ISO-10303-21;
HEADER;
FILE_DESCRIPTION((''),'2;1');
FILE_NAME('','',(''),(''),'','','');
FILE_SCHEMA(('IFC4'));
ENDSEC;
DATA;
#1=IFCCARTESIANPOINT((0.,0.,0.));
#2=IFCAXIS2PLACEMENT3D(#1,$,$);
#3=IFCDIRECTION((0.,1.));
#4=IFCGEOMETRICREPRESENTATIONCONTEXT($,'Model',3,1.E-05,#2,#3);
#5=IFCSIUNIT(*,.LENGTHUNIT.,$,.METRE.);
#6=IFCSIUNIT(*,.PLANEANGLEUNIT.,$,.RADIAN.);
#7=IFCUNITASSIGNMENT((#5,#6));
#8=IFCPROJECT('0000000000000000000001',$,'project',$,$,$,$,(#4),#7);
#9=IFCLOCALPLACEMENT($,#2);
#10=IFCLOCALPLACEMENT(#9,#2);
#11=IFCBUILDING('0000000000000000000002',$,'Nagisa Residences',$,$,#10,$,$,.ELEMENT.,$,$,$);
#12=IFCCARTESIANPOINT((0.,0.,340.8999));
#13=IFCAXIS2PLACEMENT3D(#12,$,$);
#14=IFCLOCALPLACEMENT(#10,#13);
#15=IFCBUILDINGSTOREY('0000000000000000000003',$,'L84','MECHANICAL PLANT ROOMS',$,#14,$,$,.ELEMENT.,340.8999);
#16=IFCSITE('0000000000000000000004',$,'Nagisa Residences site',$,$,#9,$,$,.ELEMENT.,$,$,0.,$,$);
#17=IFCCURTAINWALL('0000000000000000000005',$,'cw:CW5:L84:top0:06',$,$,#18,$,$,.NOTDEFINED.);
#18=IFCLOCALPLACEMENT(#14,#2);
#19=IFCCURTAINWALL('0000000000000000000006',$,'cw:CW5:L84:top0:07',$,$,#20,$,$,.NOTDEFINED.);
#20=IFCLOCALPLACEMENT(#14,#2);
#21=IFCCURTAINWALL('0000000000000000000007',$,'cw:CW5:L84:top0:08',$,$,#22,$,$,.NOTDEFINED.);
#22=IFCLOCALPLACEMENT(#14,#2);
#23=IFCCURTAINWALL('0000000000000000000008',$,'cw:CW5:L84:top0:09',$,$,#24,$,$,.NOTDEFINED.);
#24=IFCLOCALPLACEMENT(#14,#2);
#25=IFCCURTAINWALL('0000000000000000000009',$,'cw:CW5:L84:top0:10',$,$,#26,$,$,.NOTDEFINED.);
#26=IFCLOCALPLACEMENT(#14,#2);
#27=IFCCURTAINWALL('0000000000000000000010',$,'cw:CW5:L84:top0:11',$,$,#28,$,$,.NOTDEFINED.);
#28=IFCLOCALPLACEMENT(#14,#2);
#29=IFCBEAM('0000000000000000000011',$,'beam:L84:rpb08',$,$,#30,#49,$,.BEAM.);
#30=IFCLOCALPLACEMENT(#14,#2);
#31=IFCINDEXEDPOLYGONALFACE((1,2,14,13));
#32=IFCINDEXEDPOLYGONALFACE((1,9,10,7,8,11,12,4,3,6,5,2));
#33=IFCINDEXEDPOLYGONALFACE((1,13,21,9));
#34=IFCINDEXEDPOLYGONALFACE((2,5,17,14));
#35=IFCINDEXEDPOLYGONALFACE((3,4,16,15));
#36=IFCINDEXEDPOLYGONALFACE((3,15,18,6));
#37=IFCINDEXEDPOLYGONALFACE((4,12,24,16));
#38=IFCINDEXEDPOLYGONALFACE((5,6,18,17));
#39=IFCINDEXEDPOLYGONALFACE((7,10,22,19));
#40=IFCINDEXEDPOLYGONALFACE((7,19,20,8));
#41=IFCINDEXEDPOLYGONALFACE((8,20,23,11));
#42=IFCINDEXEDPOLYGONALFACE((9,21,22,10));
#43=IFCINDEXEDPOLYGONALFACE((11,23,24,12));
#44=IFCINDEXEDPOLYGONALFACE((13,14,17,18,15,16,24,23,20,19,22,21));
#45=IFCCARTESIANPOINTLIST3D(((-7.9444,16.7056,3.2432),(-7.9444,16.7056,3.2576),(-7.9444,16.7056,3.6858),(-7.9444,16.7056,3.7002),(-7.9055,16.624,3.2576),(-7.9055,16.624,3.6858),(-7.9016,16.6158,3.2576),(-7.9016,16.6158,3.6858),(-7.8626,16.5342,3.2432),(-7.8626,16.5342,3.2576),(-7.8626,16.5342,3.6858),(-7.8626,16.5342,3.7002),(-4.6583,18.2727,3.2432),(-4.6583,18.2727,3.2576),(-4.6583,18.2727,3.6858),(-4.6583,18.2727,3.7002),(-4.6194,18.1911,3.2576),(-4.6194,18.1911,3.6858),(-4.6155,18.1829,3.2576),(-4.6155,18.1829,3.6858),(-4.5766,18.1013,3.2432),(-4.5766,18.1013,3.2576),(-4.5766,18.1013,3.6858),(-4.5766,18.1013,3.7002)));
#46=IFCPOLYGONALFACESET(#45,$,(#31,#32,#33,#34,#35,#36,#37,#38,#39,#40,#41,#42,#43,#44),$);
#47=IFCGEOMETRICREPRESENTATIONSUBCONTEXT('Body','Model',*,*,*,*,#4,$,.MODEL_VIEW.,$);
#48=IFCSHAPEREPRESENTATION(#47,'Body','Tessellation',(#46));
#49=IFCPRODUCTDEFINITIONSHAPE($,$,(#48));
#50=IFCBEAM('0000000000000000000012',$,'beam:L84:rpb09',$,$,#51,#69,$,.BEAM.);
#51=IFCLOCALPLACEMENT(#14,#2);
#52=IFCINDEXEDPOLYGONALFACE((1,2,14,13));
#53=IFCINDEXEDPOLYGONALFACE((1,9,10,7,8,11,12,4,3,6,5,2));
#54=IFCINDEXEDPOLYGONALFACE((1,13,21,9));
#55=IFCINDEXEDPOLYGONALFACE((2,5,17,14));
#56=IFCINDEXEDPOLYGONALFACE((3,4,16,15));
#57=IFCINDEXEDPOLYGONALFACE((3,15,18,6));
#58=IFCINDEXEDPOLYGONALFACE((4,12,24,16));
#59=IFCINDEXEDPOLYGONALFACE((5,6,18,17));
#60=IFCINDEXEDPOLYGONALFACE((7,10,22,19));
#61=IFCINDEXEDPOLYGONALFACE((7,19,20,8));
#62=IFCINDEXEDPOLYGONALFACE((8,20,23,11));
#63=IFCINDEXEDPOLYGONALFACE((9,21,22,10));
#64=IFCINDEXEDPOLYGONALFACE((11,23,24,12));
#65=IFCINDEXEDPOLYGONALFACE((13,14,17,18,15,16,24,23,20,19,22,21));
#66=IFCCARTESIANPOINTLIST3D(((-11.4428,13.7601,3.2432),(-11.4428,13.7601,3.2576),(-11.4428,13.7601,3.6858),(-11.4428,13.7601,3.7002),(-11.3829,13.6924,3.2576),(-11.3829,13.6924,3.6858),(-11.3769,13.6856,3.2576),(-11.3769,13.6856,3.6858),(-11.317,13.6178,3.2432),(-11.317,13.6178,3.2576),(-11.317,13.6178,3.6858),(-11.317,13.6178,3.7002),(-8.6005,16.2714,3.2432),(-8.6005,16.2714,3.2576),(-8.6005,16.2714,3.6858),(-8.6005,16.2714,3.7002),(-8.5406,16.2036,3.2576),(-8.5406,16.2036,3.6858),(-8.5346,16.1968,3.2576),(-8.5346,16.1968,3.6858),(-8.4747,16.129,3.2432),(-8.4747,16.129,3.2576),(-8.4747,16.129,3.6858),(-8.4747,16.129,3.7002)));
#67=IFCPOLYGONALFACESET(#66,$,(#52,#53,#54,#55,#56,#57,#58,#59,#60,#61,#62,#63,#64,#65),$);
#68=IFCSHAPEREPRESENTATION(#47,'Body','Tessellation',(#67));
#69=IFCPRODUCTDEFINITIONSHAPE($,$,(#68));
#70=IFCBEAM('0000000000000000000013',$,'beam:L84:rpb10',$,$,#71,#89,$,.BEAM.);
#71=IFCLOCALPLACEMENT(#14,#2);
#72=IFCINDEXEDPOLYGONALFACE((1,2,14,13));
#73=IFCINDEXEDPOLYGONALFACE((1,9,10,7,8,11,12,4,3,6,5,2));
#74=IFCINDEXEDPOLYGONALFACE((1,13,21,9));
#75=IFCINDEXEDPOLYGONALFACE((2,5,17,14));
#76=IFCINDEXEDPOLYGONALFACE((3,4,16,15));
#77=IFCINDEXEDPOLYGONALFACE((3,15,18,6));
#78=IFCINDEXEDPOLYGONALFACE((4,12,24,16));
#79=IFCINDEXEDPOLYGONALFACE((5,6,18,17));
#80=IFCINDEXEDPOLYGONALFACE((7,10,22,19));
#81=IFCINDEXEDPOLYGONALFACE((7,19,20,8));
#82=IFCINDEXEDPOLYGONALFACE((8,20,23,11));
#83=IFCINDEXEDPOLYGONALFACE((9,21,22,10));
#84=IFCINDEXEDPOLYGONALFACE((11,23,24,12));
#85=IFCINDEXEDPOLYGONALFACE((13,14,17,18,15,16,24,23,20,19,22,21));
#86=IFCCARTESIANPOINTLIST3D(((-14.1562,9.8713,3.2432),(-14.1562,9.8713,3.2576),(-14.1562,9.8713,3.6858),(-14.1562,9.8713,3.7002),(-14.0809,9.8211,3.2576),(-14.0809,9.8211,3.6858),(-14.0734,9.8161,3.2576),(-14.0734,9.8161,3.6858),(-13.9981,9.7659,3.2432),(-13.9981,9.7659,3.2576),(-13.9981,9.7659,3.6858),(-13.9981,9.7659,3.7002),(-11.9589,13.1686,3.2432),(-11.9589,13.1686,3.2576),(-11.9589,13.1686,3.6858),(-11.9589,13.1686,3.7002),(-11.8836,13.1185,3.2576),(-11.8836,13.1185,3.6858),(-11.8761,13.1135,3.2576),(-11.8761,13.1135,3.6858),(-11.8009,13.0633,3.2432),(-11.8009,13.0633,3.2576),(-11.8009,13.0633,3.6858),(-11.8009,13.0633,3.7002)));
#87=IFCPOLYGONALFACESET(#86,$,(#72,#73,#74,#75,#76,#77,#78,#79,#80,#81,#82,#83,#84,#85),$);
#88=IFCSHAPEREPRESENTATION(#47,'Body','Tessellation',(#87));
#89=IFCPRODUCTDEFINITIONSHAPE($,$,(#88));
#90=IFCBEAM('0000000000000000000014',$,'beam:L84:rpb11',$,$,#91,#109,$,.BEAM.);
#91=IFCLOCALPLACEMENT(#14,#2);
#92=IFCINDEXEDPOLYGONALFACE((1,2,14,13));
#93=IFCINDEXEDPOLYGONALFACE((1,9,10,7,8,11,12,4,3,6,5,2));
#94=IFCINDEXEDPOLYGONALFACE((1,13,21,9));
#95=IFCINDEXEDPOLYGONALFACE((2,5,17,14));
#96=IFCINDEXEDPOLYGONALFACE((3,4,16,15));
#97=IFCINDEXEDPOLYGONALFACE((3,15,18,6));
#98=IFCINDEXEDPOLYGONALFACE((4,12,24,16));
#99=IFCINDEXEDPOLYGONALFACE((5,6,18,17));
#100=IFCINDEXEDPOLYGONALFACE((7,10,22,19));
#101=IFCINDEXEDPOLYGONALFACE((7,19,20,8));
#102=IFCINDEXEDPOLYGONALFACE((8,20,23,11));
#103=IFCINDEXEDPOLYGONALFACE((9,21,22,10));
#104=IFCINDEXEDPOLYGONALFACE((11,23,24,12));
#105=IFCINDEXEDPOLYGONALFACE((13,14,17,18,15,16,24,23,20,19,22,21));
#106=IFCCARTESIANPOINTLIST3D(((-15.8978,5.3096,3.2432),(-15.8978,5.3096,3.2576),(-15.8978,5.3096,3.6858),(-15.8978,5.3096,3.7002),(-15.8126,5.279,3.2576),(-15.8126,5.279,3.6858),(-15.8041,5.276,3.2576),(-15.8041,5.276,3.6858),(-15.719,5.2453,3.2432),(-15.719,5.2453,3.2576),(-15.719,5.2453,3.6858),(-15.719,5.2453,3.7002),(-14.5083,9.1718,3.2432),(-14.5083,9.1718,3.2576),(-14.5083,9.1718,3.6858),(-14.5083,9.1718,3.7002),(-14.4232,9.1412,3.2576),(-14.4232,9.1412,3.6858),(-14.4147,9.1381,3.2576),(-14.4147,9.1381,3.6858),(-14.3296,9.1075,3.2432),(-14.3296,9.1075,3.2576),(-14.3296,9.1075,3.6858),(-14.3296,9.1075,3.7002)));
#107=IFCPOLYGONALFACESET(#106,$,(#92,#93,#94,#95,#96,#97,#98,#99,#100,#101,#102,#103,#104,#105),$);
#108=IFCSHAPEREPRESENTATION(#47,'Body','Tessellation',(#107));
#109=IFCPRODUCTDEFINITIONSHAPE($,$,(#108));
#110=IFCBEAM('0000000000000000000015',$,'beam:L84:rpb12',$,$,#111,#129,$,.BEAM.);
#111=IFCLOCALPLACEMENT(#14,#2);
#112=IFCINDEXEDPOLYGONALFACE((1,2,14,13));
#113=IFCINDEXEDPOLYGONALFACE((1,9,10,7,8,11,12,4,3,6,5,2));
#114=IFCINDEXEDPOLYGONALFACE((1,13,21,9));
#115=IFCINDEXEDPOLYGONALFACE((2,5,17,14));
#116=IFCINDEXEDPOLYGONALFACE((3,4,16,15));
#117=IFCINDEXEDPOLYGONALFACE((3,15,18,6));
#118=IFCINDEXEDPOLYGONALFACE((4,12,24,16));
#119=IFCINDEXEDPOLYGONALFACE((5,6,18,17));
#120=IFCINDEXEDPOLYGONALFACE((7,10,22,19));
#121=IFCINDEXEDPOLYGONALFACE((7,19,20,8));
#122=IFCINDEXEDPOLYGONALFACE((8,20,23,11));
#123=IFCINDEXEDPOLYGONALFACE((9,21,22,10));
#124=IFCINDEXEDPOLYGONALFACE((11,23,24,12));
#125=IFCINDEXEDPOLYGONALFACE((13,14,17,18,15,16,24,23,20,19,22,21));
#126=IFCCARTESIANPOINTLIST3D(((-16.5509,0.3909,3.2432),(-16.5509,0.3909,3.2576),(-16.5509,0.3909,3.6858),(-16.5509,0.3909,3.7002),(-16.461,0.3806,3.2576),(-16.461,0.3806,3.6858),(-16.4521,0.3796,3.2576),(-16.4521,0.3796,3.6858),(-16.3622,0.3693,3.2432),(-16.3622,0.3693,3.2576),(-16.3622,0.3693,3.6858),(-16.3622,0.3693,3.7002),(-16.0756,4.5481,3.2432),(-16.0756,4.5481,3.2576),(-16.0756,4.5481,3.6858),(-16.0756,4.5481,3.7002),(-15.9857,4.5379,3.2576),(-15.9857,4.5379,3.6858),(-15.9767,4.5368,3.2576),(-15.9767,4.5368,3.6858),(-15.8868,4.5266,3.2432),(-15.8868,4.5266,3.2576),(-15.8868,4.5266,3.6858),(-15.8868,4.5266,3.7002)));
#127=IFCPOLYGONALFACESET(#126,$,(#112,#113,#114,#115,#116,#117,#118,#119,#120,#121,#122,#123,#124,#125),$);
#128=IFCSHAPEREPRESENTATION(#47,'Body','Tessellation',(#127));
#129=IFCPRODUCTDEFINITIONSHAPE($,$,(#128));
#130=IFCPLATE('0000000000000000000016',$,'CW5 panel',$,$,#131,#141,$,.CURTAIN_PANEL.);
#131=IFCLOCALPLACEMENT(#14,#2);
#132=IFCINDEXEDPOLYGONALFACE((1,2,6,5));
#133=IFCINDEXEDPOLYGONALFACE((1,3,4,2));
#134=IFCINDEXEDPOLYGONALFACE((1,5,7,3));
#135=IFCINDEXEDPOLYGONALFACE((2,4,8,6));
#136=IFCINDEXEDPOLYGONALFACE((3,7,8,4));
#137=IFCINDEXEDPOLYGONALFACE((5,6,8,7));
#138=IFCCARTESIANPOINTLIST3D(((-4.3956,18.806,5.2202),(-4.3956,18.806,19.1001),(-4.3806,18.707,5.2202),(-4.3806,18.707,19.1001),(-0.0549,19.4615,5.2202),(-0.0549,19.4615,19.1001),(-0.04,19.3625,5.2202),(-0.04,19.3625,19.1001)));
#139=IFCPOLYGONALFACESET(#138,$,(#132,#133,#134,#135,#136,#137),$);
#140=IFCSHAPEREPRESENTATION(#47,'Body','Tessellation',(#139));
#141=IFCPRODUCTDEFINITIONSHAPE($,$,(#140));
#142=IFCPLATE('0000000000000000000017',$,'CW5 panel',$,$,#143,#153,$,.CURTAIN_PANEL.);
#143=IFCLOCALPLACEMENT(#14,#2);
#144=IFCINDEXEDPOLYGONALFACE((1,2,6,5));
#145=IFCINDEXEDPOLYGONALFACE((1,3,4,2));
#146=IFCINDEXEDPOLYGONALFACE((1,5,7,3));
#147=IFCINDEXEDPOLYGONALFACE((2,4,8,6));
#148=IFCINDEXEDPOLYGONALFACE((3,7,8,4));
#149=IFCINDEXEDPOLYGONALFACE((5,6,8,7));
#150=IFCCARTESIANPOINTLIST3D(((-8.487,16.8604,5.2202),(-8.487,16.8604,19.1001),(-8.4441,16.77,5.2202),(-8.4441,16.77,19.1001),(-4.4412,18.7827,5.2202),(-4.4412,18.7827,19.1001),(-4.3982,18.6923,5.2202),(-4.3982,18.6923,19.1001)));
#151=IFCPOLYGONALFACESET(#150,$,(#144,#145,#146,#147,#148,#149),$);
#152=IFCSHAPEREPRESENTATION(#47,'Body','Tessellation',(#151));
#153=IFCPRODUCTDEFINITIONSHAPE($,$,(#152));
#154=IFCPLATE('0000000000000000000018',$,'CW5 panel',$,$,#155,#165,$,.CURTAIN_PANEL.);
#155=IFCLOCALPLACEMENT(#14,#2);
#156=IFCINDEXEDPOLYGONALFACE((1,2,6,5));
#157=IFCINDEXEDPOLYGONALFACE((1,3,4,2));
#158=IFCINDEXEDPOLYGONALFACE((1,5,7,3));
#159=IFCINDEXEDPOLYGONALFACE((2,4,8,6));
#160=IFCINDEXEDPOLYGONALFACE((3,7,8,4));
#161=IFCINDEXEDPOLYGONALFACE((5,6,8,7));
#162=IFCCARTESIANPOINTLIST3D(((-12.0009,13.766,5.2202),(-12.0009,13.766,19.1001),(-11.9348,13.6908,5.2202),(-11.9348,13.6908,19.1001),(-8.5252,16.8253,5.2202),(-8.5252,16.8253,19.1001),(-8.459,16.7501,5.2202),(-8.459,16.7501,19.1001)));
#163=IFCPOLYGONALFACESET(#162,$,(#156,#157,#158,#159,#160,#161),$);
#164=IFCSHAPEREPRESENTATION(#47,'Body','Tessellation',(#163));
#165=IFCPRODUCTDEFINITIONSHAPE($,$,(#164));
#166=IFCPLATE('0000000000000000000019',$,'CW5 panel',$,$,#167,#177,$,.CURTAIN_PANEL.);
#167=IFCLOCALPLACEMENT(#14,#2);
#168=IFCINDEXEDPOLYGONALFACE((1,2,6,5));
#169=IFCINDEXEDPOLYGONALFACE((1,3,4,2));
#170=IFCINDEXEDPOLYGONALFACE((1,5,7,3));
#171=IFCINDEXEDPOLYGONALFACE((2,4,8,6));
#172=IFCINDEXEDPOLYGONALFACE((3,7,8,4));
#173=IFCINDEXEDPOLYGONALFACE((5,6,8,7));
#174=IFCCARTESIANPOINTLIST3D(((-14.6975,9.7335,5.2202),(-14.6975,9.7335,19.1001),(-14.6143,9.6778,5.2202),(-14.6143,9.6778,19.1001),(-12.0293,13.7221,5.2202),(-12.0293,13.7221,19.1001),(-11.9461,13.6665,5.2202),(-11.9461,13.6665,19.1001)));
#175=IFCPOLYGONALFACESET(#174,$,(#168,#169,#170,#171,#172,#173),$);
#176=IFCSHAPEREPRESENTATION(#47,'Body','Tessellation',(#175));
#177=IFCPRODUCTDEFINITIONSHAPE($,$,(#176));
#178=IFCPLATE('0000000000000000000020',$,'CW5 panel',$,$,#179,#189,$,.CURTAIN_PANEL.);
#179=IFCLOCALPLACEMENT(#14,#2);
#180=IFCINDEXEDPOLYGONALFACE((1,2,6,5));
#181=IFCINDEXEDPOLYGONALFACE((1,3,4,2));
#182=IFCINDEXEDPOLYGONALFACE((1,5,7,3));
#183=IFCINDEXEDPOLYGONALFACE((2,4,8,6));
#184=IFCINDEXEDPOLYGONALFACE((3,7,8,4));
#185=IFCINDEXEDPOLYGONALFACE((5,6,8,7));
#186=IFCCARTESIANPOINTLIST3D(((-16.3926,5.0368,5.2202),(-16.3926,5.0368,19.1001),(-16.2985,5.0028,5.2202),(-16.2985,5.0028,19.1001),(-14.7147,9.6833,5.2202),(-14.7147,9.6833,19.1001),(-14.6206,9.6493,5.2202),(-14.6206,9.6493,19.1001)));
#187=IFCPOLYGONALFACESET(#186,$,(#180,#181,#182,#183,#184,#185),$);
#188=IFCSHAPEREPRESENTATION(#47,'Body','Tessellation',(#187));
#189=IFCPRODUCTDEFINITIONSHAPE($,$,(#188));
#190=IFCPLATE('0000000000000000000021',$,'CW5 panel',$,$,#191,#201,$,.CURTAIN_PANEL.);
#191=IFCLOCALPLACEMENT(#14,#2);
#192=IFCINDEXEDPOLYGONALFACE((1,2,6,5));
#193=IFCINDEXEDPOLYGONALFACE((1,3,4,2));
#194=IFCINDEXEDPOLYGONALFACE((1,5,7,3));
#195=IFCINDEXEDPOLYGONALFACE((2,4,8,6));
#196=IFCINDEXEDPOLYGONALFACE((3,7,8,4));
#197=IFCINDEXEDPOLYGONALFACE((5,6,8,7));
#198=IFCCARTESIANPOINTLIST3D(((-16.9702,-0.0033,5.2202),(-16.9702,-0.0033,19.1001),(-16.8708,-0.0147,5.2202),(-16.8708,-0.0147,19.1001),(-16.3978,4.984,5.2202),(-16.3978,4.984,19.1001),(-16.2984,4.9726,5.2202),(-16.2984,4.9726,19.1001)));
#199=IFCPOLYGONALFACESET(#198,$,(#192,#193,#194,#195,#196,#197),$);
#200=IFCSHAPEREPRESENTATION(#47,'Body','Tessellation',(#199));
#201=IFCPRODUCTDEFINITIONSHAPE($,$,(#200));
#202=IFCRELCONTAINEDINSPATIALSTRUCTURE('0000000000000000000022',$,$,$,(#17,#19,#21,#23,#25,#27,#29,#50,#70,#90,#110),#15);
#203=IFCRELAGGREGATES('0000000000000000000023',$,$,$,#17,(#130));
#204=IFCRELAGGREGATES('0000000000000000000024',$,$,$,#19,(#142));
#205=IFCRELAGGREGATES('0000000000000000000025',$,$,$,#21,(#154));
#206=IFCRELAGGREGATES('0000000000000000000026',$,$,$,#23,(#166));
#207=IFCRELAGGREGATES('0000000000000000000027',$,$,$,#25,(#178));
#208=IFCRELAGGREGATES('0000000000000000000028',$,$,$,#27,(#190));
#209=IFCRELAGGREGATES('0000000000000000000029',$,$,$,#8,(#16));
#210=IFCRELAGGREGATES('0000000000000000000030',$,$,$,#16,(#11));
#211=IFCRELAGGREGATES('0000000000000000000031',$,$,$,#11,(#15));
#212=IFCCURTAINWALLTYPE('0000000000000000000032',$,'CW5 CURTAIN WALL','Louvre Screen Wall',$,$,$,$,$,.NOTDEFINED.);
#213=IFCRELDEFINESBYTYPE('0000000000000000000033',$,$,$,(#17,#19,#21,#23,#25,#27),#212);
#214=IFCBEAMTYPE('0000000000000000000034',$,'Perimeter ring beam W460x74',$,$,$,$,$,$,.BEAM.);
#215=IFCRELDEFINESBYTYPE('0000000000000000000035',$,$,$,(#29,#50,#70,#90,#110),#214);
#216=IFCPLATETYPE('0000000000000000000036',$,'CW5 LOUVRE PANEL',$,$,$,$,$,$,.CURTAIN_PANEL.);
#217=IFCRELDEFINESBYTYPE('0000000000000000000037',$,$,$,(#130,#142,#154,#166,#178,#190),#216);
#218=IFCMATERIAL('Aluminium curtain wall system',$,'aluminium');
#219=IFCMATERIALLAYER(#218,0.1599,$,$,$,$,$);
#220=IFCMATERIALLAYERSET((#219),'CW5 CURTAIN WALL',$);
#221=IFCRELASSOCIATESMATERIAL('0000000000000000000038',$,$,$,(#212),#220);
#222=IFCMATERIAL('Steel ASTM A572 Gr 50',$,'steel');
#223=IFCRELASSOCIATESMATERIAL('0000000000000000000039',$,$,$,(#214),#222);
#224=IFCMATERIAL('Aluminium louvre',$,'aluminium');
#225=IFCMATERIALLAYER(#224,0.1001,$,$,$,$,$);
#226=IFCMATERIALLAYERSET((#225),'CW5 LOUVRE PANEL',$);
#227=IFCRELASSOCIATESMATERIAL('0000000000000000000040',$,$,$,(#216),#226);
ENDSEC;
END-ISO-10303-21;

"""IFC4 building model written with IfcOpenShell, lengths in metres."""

from ifc_helpers import new_model, si_unit, direction, frame, origin, origin_2d, place, context, subcontext, project, spatial, rectangle, i_section, extrude, material, layer, layer_set, material_profile, profile_set, type_object, element, aggregate, save


model = new_model("IFC4")

# Units and contexts
model_context = context("Model", 3, precision=1e-05, world=origin(), true_north=direction((0.0, 1.0)))
body_context = subcontext(model_context, "Body", "Model", "MODEL_VIEW")
ifc_project = project(units=[si_unit("LENGTHUNIT", "METRE"), si_unit("PLANEANGLEUNIT", "RADIAN")], contexts=[model_context])

# Site, building, storey
site_placement = place(None, origin())
site = spatial("IfcSite", under=ifc_project, at=site_placement, Name="Nagisa Residences site", CompositionType="ELEMENT", RefElevation=0.0)
building_placement = place(site_placement, origin())
building = spatial("IfcBuilding", under=site, at=building_placement, Name="Nagisa Residences", CompositionType="ELEMENT")
storey_placement = place(building_placement, frame((0.0, 0.0, 340.8999)))
storey = spatial("IfcBuildingStorey", under=building, at=storey_placement, Name="L84", Description="MECHANICAL PLANT ROOMS", CompositionType="ELEMENT", Elevation=340.8999)

# Curtain walls
ifc_material_1 = material(Name="Aluminium curtain wall system", Category="aluminium")
ifc_layer_1 = layer(ifc_material_1, 0.1599)
ifc_layer_set_1 = layer_set([ifc_layer_1], Name="CW5 CURTAIN WALL")
curtain_wall_type = type_object("IfcCurtainWallType", Name="CW5 CURTAIN WALL", Description="Louvre Screen Wall", PredefinedType="NOTDEFINED", material=ifc_layer_set_1)
curtain_wall_1_placement = place(storey_placement, origin())
curtain_wall_1 = element("IfcCurtainWall", 1, at=curtain_wall_1_placement, inside=storey, type_object=curtain_wall_type, Name="cw:CW5:L84:top0:06", PredefinedType="NOTDEFINED")
curtain_wall_2_placement = place(storey_placement, origin())
curtain_wall_2 = element("IfcCurtainWall", 2, at=curtain_wall_2_placement, inside=storey, type_object=curtain_wall_type, Name="cw:CW5:L84:top0:07", PredefinedType="NOTDEFINED")
curtain_wall_3_placement = place(storey_placement, origin())
curtain_wall_3 = element("IfcCurtainWall", 3, at=curtain_wall_3_placement, inside=storey, type_object=curtain_wall_type, Name="cw:CW5:L84:top0:08", PredefinedType="NOTDEFINED")
curtain_wall_4_placement = place(storey_placement, origin())
curtain_wall_4 = element("IfcCurtainWall", 4, at=curtain_wall_4_placement, inside=storey, type_object=curtain_wall_type, Name="cw:CW5:L84:top0:09", PredefinedType="NOTDEFINED")
curtain_wall_5_placement = place(storey_placement, origin())
curtain_wall_5 = element("IfcCurtainWall", 5, at=curtain_wall_5_placement, inside=storey, type_object=curtain_wall_type, Name="cw:CW5:L84:top0:10", PredefinedType="NOTDEFINED")
curtain_wall_6_placement = place(storey_placement, origin())
curtain_wall_6 = element("IfcCurtainWall", 6, at=curtain_wall_6_placement, inside=storey, type_object=curtain_wall_type, Name="cw:CW5:L84:top0:11", PredefinedType="NOTDEFINED")

# Beams
ifc_material_2 = material(Name="Steel ASTM A572 Gr 50", Category="steel")
ifc_material_profile_1 = material_profile(ifc_material_2, i_section(OverallWidth=0.1899, OverallDepth=0.457, WebThickness=0.009, FlangeThickness=0.0144, at=origin_2d()), Name="W460x74")
ifc_profile_set_1 = profile_set([ifc_material_profile_1], Name="Steel ASTM A572 Gr 50")
beam_type = type_object("IfcBeamType", Name="Perimeter ring beam W460x74", PredefinedType="BEAM", material=ifc_profile_set_1)
beam_1_placement = place(storey_placement, frame((-4.6174, 18.187, 3.4717), z_axis=(-0.902614, -0.430452, 0.0), x_axis=(0.430452, -0.902614, 0.0)))
element("IfcBeam", 7, at=beam_1_placement, inside=storey, type_object=beam_type, Name="beam:L84:rpb08", PredefinedType="BEAM", context=body_context, shape_type="SweptSolid", body=[
    extrude(i_section(OverallWidth=0.1899, OverallDepth=0.457, WebThickness=0.009, FlangeThickness=0.0144, at=origin_2d()), origin(), (0.0, 0.0, 1.0), 3.6406),
])
beam_2_placement = place(storey_placement, frame((-8.5376, 16.2002, 3.4717), z_axis=(-0.749402, -0.662115, 0.0), x_axis=(0.662115, -0.749402, 0.0)))
element("IfcBeam", 8, at=beam_2_placement, inside=storey, type_object=beam_type, Name="beam:L84:rpb09", PredefinedType="BEAM", context=body_context, shape_type="SweptSolid", body=[
    extrude(i_section(OverallWidth=0.1899, OverallDepth=0.457, WebThickness=0.009, FlangeThickness=0.0144, at=origin_2d()), origin(), (0.0, 0.0, 1.0), 3.7927),
])
beam_3_placement = place(storey_placement, frame((-11.8799, 13.116, 3.4717), z_axis=(-0.55453, -0.832164, 0.0), x_axis=(0.832164, -0.55453, 0.0)))
element("IfcBeam", 9, at=beam_3_placement, inside=storey, type_object=beam_type, Name="beam:L84:rpb10", PredefinedType="BEAM", context=body_context, shape_type="SweptSolid", body=[
    extrude(i_section(OverallWidth=0.1899, OverallDepth=0.457, WebThickness=0.009, FlangeThickness=0.0144, at=origin_2d()), origin(), (0.0, 0.0, 1.0), 3.9624),
])
beam_4_placement = place(storey_placement, frame((-14.4189, 9.1396, 3.4717), z_axis=(-0.338517, -0.94096, 0.0), x_axis=(0.94096, -0.338517, 0.0)))
element("IfcBeam", 10, at=beam_4_placement, inside=storey, type_object=beam_type, Name="beam:L84:rpb11", PredefinedType="BEAM", context=body_context, shape_type="SweptSolid", body=[
    extrude(i_section(OverallWidth=0.1899, OverallDepth=0.457, WebThickness=0.009, FlangeThickness=0.0144, at=origin_2d()), origin(), (0.0, 0.0, 1.0), 4.1045),
])
beam_5_placement = place(storey_placement, frame((-15.9812, 4.5374, 3.4717), z_axis=(-0.113601, -0.993526, 0.0), x_axis=(0.993526, -0.113601, 0.0)))
element("IfcBeam", 11, at=beam_5_placement, inside=storey, type_object=beam_type, Name="beam:L84:rpb12", PredefinedType="BEAM", context=body_context, shape_type="SweptSolid", body=[
    extrude(i_section(OverallWidth=0.1899, OverallDepth=0.457, WebThickness=0.009, FlangeThickness=0.0144, at=origin_2d()), origin(), (0.0, 0.0, 1.0), 4.1843),
])

# Plates
ifc_material_3 = material(Name="Aluminium louvre", Category="aluminium")
ifc_layer_2 = layer(ifc_material_3, 0.1001)
ifc_layer_set_2 = layer_set([ifc_layer_2], Name="CW5 LOUVRE PANEL")
plate_type = type_object("IfcPlateType", Name="CW5 LOUVRE PANEL", PredefinedType="CURTAIN_PANEL", material=ifc_layer_set_2)
plate_1_placement = place(storey_placement, frame((-2.2178, 19.0842, 5.2202), z_axis=(0.0, 0.0, 1.0), x_axis=(-0.988789, -0.14932, 0.0)))
plate_1 = element("IfcPlate", 12, at=plate_1_placement, type_object=plate_type, Name="CW5 panel", PredefinedType="CURTAIN_PANEL", context=body_context, shape_type="SweptSolid", body=[
    extrude(rectangle(XDim=4.3899, YDim=0.1001, at=origin_2d()), origin(), (0.0, 0.0, 1.0), 13.8799),
])
aggregate(curtain_wall_1, [plate_1])
plate_2_placement = place(storey_placement, frame((-6.4426, 17.7764, 5.2202), z_axis=(0.0, 0.0, 1.0), x_axis=(-0.903233, -0.429151, 0.0)))
plate_2 = element("IfcPlate", 13, at=plate_2_placement, type_object=plate_type, Name="CW5 panel", PredefinedType="CURTAIN_PANEL", context=body_context, shape_type="SweptSolid", body=[
    extrude(rectangle(XDim=4.4792, YDim=0.1001, at=origin_2d()), origin(), (0.0, 0.0, 1.0), 13.8799),
])
aggregate(curtain_wall_2, [plate_2])
plate_3_placement = place(storey_placement, frame((-10.23, 15.2581, 5.2202), z_axis=(0.0, 0.0, 1.0), x_axis=(-0.750651, -0.660699, 0.0)))
plate_3 = element("IfcPlate", 14, at=plate_3_placement, type_object=plate_type, Name="CW5 panel", PredefinedType="CURTAIN_PANEL", context=body_context, shape_type="SweptSolid", body=[
    extrude(rectangle(XDim=4.6304, YDim=0.1001, at=origin_2d()), origin(), (0.0, 0.0, 1.0), 13.8799),
])
aggregate(curtain_wall_3, [plate_3])
plate_4_placement = place(storey_placement, frame((-13.3218, 11.7, 5.2202), z_axis=(0.0, 0.0, 1.0), x_axis=(-0.556014, -0.831173, 0.0)))
plate_4 = element("IfcPlate", 15, at=plate_4_placement, type_object=plate_type, Name="CW5 panel", PredefinedType="CURTAIN_PANEL", context=body_context, shape_type="SweptSolid", body=[
    extrude(rectangle(XDim=4.7988, YDim=0.1001, at=origin_2d()), origin(), (0.0, 0.0, 1.0), 13.8799),
])
aggregate(curtain_wall_4, [plate_4])
plate_5_placement = place(storey_placement, frame((-15.5066, 7.343, 5.2202), z_axis=(0.0, 0.0, 1.0), x_axis=(-0.339643, -0.940554, 0.0)))
plate_5 = element("IfcPlate", 16, at=plate_5_placement, type_object=plate_type, Name="CW5 panel", PredefinedType="CURTAIN_PANEL", context=body_context, shape_type="SweptSolid", body=[
    extrude(rectangle(XDim=4.9402, YDim=0.1001, at=origin_2d()), origin(), (0.0, 0.0, 1.0), 13.8799),
])
aggregate(curtain_wall_5, [plate_5])
plate_6_placement = place(storey_placement, frame((-16.6343, 2.4846, 5.2202), z_axis=(0.0, 0.0, 1.0), x_axis=(-0.114025, -0.993478, 0.0)))
plate_6 = element("IfcPlate", 17, at=plate_6_placement, type_object=plate_type, Name="CW5 panel", PredefinedType="CURTAIN_PANEL", context=body_context, shape_type="SweptSolid", body=[
    extrude(rectangle(XDim=5.02, YDim=0.1001, at=origin_2d()), origin(), (0.0, 0.0, 1.0), 13.8799),
])
aggregate(curtain_wall_6, [plate_6])

save(model, "model.ifc")
